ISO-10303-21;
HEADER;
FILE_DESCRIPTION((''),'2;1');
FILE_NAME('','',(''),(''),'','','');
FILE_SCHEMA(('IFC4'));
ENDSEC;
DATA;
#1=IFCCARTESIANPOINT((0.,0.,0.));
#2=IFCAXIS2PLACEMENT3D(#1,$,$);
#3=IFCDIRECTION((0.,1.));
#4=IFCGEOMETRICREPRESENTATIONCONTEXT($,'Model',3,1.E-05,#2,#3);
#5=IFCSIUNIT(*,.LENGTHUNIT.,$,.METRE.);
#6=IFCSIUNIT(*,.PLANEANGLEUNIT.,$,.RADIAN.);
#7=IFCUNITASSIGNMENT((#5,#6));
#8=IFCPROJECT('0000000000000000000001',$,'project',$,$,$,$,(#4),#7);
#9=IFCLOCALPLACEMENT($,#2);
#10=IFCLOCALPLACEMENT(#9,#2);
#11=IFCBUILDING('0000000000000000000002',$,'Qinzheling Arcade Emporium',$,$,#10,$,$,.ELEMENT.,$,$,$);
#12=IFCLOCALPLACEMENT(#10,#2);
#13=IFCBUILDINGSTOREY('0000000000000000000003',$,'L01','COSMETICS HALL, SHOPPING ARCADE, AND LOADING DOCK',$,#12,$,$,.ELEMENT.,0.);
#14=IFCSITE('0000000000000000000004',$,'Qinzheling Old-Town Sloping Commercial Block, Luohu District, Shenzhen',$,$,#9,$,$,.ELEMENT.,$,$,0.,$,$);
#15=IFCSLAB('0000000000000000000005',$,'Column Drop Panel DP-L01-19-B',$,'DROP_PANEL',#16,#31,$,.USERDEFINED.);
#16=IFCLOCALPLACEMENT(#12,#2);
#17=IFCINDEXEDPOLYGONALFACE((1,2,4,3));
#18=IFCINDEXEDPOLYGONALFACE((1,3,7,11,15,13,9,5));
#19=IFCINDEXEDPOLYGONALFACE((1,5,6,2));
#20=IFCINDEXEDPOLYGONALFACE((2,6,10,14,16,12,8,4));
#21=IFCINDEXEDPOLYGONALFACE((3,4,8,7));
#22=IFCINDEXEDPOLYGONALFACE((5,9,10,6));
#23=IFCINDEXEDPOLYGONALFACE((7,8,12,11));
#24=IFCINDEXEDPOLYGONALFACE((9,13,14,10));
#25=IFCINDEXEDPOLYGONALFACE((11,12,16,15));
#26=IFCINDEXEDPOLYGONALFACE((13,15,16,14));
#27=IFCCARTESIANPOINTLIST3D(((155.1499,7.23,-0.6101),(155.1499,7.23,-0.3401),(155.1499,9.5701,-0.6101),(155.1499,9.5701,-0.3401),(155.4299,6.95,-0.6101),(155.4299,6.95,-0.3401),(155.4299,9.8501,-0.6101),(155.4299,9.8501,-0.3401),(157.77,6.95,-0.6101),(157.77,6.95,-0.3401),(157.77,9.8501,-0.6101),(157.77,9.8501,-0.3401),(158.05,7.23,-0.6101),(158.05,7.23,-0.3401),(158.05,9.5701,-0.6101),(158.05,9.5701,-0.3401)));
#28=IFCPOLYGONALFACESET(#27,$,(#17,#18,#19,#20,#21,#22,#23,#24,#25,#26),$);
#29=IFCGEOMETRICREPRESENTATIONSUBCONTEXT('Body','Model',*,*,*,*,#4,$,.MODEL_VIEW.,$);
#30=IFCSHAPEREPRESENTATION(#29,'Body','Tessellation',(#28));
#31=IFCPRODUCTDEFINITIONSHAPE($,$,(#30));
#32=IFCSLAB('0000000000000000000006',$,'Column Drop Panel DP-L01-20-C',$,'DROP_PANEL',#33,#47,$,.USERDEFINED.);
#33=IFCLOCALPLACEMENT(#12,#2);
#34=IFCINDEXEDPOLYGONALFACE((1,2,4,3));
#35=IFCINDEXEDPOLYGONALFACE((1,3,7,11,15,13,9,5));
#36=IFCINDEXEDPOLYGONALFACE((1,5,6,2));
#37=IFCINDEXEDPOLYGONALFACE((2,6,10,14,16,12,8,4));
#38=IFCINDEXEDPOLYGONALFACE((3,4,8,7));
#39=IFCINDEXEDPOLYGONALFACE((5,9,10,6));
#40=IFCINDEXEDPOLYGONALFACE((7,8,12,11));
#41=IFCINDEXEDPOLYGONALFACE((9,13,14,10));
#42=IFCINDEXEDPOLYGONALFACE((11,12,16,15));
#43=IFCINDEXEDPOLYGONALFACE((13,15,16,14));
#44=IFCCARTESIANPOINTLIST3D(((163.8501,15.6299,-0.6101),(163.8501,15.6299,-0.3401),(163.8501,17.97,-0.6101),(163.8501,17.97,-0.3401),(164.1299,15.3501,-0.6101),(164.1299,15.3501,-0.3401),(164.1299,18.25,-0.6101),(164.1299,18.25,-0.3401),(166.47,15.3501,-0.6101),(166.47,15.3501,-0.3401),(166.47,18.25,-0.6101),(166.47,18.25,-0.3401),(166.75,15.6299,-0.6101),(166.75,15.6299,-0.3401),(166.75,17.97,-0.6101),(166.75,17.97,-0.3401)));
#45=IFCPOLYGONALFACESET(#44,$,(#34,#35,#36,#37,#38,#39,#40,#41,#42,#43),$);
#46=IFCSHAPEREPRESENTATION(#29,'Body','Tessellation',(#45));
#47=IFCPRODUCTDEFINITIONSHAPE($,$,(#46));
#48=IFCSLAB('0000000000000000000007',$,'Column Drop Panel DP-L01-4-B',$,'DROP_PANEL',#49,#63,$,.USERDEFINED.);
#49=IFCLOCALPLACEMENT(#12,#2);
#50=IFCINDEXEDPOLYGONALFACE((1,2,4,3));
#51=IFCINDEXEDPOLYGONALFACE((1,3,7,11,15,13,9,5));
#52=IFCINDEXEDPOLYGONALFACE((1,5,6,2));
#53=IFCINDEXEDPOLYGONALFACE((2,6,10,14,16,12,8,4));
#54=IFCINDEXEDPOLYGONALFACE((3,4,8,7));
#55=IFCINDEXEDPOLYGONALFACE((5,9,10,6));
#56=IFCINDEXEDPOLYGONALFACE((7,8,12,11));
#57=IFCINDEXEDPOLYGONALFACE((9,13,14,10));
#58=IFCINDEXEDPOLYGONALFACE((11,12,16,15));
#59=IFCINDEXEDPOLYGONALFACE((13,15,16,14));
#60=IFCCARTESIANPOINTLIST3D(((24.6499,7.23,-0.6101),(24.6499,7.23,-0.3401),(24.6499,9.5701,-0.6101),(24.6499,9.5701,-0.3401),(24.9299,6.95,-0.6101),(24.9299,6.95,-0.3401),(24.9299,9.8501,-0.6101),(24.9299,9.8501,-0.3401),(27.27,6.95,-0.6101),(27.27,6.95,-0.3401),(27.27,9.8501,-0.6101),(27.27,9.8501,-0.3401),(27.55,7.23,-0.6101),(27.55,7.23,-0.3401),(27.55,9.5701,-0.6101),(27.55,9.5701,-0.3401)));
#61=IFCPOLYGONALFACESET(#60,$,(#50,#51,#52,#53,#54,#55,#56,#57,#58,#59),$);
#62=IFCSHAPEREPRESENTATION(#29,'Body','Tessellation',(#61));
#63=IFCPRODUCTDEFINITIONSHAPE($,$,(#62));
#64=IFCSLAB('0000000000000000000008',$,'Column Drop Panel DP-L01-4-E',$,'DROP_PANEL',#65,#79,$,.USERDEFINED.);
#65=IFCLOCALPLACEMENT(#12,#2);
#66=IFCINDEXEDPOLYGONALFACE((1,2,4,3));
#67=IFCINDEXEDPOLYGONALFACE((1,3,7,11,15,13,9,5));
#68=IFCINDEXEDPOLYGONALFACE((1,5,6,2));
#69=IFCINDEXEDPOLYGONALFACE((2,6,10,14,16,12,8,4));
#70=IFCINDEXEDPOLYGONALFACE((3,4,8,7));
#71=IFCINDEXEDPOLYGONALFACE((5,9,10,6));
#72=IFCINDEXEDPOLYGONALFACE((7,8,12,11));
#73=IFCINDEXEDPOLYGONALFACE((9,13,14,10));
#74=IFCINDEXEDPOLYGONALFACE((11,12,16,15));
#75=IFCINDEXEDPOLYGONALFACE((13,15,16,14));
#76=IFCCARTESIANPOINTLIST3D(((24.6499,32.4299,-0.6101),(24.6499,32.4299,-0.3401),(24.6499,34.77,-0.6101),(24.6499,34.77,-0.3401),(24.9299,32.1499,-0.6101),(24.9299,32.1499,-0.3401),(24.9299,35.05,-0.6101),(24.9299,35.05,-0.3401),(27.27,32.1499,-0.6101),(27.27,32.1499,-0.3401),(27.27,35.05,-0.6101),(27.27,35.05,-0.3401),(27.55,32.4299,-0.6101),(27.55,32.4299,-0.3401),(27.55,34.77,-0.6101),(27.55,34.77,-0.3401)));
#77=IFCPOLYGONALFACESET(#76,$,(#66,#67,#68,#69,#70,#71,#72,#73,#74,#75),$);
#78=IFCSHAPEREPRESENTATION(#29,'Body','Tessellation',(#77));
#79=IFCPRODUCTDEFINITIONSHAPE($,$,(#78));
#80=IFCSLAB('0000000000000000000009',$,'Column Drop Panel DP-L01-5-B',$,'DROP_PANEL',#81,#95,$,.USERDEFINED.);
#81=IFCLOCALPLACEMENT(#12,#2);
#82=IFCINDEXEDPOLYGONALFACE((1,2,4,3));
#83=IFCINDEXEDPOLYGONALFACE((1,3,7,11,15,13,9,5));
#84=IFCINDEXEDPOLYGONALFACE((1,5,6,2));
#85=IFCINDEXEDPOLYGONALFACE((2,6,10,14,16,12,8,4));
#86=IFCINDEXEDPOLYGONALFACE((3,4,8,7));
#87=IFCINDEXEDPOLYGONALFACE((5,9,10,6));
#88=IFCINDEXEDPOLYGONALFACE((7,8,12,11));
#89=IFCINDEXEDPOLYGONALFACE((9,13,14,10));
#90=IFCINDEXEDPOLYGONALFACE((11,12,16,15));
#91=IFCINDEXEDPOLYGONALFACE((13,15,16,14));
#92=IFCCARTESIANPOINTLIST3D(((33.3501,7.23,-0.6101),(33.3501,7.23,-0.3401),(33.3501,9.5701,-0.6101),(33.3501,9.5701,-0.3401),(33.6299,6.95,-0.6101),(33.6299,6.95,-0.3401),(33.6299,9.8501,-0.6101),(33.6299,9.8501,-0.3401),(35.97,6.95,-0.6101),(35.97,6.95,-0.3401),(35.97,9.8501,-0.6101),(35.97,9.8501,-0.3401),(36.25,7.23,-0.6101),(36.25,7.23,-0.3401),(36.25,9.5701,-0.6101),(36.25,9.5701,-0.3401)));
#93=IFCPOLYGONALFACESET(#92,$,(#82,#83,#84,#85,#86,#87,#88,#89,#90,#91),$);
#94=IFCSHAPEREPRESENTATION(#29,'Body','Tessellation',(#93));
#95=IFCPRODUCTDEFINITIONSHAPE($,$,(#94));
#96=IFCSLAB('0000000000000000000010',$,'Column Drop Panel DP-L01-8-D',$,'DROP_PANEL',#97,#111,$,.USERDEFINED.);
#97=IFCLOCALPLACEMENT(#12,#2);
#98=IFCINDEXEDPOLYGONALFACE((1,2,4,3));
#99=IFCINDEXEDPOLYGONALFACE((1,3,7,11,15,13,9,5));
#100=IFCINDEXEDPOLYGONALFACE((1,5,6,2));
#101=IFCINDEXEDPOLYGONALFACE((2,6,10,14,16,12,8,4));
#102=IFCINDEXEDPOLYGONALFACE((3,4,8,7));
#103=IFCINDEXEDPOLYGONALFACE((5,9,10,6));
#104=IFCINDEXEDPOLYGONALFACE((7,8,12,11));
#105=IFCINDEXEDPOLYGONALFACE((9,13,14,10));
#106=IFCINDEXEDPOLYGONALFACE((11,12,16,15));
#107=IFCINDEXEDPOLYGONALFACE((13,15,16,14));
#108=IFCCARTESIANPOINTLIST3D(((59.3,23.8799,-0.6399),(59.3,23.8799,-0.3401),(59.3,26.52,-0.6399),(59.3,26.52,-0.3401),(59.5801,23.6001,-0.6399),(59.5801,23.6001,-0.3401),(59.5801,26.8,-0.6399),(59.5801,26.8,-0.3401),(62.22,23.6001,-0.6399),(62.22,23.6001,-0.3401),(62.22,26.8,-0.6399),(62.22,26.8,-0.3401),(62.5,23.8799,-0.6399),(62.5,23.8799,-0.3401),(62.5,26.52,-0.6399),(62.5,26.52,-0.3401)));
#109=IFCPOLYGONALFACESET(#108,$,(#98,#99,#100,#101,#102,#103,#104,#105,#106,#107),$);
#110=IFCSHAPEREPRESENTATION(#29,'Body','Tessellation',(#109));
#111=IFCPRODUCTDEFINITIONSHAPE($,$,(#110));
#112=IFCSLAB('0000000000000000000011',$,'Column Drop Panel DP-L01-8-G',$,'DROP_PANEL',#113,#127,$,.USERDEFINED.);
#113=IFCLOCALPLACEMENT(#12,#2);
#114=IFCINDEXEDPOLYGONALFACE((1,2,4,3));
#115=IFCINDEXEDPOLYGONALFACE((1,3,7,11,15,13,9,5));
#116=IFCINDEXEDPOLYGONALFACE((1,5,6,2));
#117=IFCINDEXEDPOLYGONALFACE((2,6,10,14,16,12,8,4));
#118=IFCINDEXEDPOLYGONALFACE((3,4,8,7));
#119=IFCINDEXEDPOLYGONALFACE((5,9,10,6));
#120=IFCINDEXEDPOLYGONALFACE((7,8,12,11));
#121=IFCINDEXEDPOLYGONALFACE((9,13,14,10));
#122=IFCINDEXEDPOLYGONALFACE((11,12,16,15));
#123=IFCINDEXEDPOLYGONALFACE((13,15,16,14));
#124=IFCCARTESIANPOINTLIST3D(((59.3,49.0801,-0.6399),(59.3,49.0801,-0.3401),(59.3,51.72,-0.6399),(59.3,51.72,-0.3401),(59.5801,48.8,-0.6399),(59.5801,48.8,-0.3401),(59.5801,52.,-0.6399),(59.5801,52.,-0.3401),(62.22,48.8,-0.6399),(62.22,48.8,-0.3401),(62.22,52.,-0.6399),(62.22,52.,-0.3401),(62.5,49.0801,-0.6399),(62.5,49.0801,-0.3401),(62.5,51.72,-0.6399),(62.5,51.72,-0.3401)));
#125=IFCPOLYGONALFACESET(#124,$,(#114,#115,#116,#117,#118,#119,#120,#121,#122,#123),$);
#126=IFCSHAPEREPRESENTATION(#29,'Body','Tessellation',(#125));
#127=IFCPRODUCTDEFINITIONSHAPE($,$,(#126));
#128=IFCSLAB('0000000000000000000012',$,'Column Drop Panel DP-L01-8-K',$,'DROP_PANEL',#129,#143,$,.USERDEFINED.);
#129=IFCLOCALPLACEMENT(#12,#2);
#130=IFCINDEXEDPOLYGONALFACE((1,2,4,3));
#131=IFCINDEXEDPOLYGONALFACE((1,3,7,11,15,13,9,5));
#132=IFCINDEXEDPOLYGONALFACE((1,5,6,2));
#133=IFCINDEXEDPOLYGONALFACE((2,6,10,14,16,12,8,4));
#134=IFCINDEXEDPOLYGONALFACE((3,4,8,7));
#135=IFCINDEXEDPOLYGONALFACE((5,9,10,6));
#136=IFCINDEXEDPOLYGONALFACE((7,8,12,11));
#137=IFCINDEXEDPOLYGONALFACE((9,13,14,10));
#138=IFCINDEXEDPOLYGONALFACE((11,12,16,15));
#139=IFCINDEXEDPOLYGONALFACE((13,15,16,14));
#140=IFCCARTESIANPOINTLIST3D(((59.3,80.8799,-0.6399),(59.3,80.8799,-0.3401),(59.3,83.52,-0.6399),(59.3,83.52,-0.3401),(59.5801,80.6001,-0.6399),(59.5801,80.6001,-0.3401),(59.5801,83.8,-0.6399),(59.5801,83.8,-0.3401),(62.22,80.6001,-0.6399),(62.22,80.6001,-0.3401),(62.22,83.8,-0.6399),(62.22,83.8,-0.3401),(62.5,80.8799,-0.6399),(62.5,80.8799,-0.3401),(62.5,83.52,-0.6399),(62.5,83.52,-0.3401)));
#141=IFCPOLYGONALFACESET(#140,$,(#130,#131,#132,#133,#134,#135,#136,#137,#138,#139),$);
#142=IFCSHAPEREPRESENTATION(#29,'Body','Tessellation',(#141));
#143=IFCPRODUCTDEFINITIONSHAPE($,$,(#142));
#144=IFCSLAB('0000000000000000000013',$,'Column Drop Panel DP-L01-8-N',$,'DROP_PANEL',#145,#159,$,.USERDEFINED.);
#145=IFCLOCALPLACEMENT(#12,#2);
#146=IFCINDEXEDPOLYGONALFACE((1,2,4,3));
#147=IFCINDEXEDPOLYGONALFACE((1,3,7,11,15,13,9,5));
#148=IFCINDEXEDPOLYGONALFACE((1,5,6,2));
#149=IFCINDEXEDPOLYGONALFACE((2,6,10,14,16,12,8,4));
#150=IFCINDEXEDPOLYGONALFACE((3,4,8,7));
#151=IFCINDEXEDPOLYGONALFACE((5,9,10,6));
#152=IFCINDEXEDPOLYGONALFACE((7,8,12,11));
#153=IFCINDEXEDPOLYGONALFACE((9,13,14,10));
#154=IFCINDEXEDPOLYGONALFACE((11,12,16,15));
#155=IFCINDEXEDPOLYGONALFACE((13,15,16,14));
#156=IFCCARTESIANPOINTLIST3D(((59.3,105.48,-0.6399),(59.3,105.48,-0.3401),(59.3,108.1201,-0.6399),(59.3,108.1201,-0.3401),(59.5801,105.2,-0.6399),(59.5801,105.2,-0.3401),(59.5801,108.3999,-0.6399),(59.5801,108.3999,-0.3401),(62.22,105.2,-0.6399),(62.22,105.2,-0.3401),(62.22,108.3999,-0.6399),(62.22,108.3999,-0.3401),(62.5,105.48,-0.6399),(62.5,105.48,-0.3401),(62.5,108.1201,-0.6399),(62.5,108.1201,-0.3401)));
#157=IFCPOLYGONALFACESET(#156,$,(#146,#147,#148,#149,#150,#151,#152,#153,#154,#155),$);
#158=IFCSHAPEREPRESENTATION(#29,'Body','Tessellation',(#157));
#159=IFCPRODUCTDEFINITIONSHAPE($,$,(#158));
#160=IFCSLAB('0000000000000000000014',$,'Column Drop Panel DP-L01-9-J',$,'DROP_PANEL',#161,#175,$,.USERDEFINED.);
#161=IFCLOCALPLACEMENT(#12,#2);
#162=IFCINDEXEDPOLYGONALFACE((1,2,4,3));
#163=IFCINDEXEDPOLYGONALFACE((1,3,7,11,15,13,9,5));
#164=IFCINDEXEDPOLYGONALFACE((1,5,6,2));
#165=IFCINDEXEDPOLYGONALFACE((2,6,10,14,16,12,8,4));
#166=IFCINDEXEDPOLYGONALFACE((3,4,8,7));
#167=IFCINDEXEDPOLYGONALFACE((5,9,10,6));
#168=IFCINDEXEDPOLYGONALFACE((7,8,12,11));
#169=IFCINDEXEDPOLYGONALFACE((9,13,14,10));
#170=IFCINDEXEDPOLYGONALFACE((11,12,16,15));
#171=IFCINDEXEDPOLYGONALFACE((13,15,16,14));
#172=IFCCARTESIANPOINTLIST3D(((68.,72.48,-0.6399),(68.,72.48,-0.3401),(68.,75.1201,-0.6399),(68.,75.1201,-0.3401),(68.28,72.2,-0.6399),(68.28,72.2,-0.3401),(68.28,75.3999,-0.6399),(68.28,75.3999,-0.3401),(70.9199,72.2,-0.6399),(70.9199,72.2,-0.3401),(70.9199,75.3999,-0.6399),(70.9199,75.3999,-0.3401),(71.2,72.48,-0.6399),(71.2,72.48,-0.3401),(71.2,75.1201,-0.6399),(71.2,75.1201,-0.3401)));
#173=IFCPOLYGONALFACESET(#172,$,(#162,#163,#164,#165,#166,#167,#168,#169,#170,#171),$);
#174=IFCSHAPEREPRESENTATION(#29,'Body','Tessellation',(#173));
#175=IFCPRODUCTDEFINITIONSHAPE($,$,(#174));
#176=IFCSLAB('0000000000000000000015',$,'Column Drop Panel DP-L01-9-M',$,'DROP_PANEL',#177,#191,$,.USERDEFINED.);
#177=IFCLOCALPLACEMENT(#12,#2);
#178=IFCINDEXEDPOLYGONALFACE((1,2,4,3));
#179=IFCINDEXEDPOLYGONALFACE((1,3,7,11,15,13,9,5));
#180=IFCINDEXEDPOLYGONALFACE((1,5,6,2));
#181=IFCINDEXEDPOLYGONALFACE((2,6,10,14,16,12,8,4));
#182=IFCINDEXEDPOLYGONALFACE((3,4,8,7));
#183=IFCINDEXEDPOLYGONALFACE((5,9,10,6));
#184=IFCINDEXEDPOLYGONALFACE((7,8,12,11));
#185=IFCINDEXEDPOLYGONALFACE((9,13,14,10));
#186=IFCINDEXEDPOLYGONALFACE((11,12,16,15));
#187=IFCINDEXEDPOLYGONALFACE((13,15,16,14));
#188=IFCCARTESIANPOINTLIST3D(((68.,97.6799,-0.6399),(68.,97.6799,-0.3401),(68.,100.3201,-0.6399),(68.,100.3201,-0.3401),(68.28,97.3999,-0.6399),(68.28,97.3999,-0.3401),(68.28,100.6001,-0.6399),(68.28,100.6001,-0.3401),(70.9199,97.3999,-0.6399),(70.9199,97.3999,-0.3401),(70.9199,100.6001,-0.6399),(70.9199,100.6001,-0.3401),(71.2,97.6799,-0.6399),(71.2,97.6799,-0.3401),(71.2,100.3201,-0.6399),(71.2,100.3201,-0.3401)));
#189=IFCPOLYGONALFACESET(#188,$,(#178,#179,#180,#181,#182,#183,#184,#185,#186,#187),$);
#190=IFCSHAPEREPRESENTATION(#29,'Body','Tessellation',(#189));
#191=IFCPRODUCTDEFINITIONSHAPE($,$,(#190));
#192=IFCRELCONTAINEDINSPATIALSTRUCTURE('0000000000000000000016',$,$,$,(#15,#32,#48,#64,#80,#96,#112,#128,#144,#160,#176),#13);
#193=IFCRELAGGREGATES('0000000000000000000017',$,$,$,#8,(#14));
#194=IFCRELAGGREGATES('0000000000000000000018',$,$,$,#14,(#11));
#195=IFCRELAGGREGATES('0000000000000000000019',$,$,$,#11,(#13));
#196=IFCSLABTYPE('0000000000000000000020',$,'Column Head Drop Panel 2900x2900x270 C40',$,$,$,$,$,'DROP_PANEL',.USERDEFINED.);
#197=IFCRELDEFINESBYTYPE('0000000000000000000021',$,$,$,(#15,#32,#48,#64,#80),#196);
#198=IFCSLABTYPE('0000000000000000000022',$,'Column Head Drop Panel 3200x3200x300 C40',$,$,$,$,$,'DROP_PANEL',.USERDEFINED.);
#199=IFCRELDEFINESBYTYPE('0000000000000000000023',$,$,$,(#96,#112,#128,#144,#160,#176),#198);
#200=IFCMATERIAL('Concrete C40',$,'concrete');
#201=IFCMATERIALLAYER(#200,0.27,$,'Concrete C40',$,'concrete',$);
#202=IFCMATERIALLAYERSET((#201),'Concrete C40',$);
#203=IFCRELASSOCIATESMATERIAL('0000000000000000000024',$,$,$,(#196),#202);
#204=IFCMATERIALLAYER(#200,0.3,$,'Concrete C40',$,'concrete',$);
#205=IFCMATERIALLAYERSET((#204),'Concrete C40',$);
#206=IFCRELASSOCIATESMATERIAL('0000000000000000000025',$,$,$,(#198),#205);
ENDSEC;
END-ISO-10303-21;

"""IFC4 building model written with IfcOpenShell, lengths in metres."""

from ifc_helpers import new_model, si_unit, direction, frame, origin, place, context, subcontext, project, spatial, polyline, outline, extrude, material, layer, layer_set, type_object, element, save


model = new_model("IFC4")

# Units and contexts
model_context = context("Model", 3, precision=1e-05, world=origin(), true_north=direction((0.0, 1.0)))
body_context = subcontext(model_context, "Body", "Model", "MODEL_VIEW")
ifc_project = project(units=[si_unit("LENGTHUNIT", "METRE"), si_unit("PLANEANGLEUNIT", "RADIAN")], contexts=[model_context])

# Site, building, storey
site_placement = place(None, origin())
site = spatial("IfcSite", under=ifc_project, at=site_placement, Name="Qinzheling Old-Town Sloping Commercial Block, Luohu District, Shenzhen", CompositionType="ELEMENT", RefElevation=0.0)
building_placement = place(site_placement, origin())
building = spatial("IfcBuilding", under=site, at=building_placement, Name="Qinzheling Arcade Emporium", CompositionType="ELEMENT")
storey_placement = place(building_placement, origin())
storey = spatial("IfcBuildingStorey", under=building, at=storey_placement, Name="L01", Description="COSMETICS HALL, SHOPPING ARCADE, AND LOADING DOCK", CompositionType="ELEMENT", Elevation=0.0)

# Slabs
ifc_material = material(Name="Concrete C40", Category="concrete")
ifc_layer_1 = layer(ifc_material, 0.27, Name="Concrete C40", Category="concrete")
ifc_layer_set_1 = layer_set([ifc_layer_1], Name="Concrete C40")
slab_type_1 = type_object("IfcSlabType", Name="Column Head Drop Panel 2900x2900x270 C40", ElementType="DROP_PANEL", PredefinedType="USERDEFINED", material=ifc_layer_set_1)
slab_1_placement = place(storey_placement, frame((0.0, 0.0, -0.6101)))
element("IfcSlab", 1, at=slab_1_placement, inside=storey, type_object=slab_type_1, Name="Column Drop Panel DP-L01-19-B", ObjectType="DROP_PANEL", PredefinedType="USERDEFINED", context=body_context, shape_type="SweptSolid", body=[
    extrude(outline(polyline([(155.4299, 6.95), (157.77, 6.95), (158.05, 7.23), (158.05, 9.5701), (157.77, 9.8501), (155.4299, 9.8501), (155.1499, 9.5701), (155.1499, 7.23), (155.4299, 6.95)])), origin(), (0.0, 0.0, 1.0), 0.27),
])
slab_2_placement = place(storey_placement, frame((0.0, 0.0, -0.6101)))
element("IfcSlab", 2, at=slab_2_placement, inside=storey, type_object=slab_type_1, Name="Column Drop Panel DP-L01-20-C", ObjectType="DROP_PANEL", PredefinedType="USERDEFINED", context=body_context, shape_type="SweptSolid", body=[
    extrude(outline(polyline([(164.1299, 15.3501), (166.47, 15.3501), (166.75, 15.6299), (166.75, 17.97), (166.47, 18.25), (164.1299, 18.25), (163.8501, 17.97), (163.8501, 15.6299), (164.1299, 15.3501)])), origin(), (0.0, 0.0, 1.0), 0.27),
])
slab_3_placement = place(storey_placement, frame((0.0, 0.0, -0.6101)))
element("IfcSlab", 3, at=slab_3_placement, inside=storey, type_object=slab_type_1, Name="Column Drop Panel DP-L01-4-B", ObjectType="DROP_PANEL", PredefinedType="USERDEFINED", context=body_context, shape_type="SweptSolid", body=[
    extrude(outline(polyline([(24.9299, 6.95), (27.27, 6.95), (27.55, 7.23), (27.55, 9.5701), (27.27, 9.8501), (24.9299, 9.8501), (24.6499, 9.5701), (24.6499, 7.23), (24.9299, 6.95)])), origin(), (0.0, 0.0, 1.0), 0.27),
])
slab_4_placement = place(storey_placement, frame((0.0, 0.0, -0.6101)))
element("IfcSlab", 4, at=slab_4_placement, inside=storey, type_object=slab_type_1, Name="Column Drop Panel DP-L01-4-E", ObjectType="DROP_PANEL", PredefinedType="USERDEFINED", context=body_context, shape_type="SweptSolid", body=[
    extrude(outline(polyline([(24.9299, 32.1499), (27.27, 32.1499), (27.55, 32.4299), (27.55, 34.77), (27.27, 35.05), (24.9299, 35.05), (24.6499, 34.77), (24.6499, 32.4299), (24.9299, 32.1499)])), origin(), (0.0, 0.0, 1.0), 0.27),
])
slab_5_placement = place(storey_placement, frame((0.0, 0.0, -0.6101)))
element("IfcSlab", 5, at=slab_5_placement, inside=storey, type_object=slab_type_1, Name="Column Drop Panel DP-L01-5-B", ObjectType="DROP_PANEL", PredefinedType="USERDEFINED", context=body_context, shape_type="SweptSolid", body=[
    extrude(outline(polyline([(33.6299, 6.95), (35.97, 6.95), (36.25, 7.23), (36.25, 9.5701), (35.97, 9.8501), (33.6299, 9.8501), (33.3501, 9.5701), (33.3501, 7.23), (33.6299, 6.95)])), origin(), (0.0, 0.0, 1.0), 0.27),
])
ifc_layer_2 = layer(ifc_material, 0.3, Name="Concrete C40", Category="concrete")
ifc_layer_set_2 = layer_set([ifc_layer_2], Name="Concrete C40")
slab_type_2 = type_object("IfcSlabType", Name="Column Head Drop Panel 3200x3200x300 C40", ElementType="DROP_PANEL", PredefinedType="USERDEFINED", material=ifc_layer_set_2)
slab_6_placement = place(storey_placement, frame((0.0, 0.0, -0.6399)))
element("IfcSlab", 6, at=slab_6_placement, inside=storey, type_object=slab_type_2, Name="Column Drop Panel DP-L01-8-D", ObjectType="DROP_PANEL", PredefinedType="USERDEFINED", context=body_context, shape_type="SweptSolid", body=[
    extrude(outline(polyline([(59.5801, 23.6001), (62.22, 23.6001), (62.5, 23.8799), (62.5, 26.52), (62.22, 26.8), (59.5801, 26.8), (59.3, 26.52), (59.3, 23.8799), (59.5801, 23.6001)])), origin(), (0.0, 0.0, 1.0), 0.2998),
])
slab_7_placement = place(storey_placement, frame((0.0, 0.0, -0.6399)))
element("IfcSlab", 7, at=slab_7_placement, inside=storey, type_object=slab_type_2, Name="Column Drop Panel DP-L01-8-G", ObjectType="DROP_PANEL", PredefinedType="USERDEFINED", context=body_context, shape_type="SweptSolid", body=[
    extrude(outline(polyline([(59.5801, 48.8), (62.22, 48.8), (62.5, 49.0801), (62.5, 51.72), (62.22, 52.0), (59.5801, 52.0), (59.3, 51.72), (59.3, 49.0801), (59.5801, 48.8)])), origin(), (0.0, 0.0, 1.0), 0.2998),
])
slab_8_placement = place(storey_placement, frame((0.0, 0.0, -0.6399)))
element("IfcSlab", 8, at=slab_8_placement, inside=storey, type_object=slab_type_2, Name="Column Drop Panel DP-L01-8-K", ObjectType="DROP_PANEL", PredefinedType="USERDEFINED", context=body_context, shape_type="SweptSolid", body=[
    extrude(outline(polyline([(59.5801, 80.6001), (62.22, 80.6001), (62.5, 80.8799), (62.5, 83.52), (62.22, 83.8), (59.5801, 83.8), (59.3, 83.52), (59.3, 80.8799), (59.5801, 80.6001)])), origin(), (0.0, 0.0, 1.0), 0.2998),
])
slab_9_placement = place(storey_placement, frame((0.0, 0.0, -0.6399)))
element("IfcSlab", 9, at=slab_9_placement, inside=storey, type_object=slab_type_2, Name="Column Drop Panel DP-L01-8-N", ObjectType="DROP_PANEL", PredefinedType="USERDEFINED", context=body_context, shape_type="SweptSolid", body=[
    extrude(outline(polyline([(59.5801, 105.2), (62.22, 105.2), (62.5, 105.48), (62.5, 108.1201), (62.22, 108.3999), (59.5801, 108.3999), (59.3, 108.1201), (59.3, 105.48), (59.5801, 105.2)])), origin(), (0.0, 0.0, 1.0), 0.2998),
])
slab_10_placement = place(storey_placement, frame((0.0, 0.0, -0.6399)))
element("IfcSlab", 10, at=slab_10_placement, inside=storey, type_object=slab_type_2, Name="Column Drop Panel DP-L01-9-J", ObjectType="DROP_PANEL", PredefinedType="USERDEFINED", context=body_context, shape_type="SweptSolid", body=[
    extrude(outline(polyline([(68.28, 72.2), (70.9199, 72.2), (71.2, 72.48), (71.2, 75.1201), (70.9199, 75.3999), (68.28, 75.3999), (68.0, 75.1201), (68.0, 72.48), (68.28, 72.2)])), origin(), (0.0, 0.0, 1.0), 0.2998),
])
slab_11_placement = place(storey_placement, frame((0.0, 0.0, -0.6399)))
element("IfcSlab", 11, at=slab_11_placement, inside=storey, type_object=slab_type_2, Name="Column Drop Panel DP-L01-9-M", ObjectType="DROP_PANEL", PredefinedType="USERDEFINED", context=body_context, shape_type="SweptSolid", body=[
    extrude(outline(polyline([(68.28, 97.3999), (70.9199, 97.3999), (71.2, 97.6799), (71.2, 100.3201), (70.9199, 100.6001), (68.28, 100.6001), (68.0, 100.3201), (68.0, 97.6799), (68.28, 97.3999)])), origin(), (0.0, 0.0, 1.0), 0.2998),
])

save(model, "model.ifc")
